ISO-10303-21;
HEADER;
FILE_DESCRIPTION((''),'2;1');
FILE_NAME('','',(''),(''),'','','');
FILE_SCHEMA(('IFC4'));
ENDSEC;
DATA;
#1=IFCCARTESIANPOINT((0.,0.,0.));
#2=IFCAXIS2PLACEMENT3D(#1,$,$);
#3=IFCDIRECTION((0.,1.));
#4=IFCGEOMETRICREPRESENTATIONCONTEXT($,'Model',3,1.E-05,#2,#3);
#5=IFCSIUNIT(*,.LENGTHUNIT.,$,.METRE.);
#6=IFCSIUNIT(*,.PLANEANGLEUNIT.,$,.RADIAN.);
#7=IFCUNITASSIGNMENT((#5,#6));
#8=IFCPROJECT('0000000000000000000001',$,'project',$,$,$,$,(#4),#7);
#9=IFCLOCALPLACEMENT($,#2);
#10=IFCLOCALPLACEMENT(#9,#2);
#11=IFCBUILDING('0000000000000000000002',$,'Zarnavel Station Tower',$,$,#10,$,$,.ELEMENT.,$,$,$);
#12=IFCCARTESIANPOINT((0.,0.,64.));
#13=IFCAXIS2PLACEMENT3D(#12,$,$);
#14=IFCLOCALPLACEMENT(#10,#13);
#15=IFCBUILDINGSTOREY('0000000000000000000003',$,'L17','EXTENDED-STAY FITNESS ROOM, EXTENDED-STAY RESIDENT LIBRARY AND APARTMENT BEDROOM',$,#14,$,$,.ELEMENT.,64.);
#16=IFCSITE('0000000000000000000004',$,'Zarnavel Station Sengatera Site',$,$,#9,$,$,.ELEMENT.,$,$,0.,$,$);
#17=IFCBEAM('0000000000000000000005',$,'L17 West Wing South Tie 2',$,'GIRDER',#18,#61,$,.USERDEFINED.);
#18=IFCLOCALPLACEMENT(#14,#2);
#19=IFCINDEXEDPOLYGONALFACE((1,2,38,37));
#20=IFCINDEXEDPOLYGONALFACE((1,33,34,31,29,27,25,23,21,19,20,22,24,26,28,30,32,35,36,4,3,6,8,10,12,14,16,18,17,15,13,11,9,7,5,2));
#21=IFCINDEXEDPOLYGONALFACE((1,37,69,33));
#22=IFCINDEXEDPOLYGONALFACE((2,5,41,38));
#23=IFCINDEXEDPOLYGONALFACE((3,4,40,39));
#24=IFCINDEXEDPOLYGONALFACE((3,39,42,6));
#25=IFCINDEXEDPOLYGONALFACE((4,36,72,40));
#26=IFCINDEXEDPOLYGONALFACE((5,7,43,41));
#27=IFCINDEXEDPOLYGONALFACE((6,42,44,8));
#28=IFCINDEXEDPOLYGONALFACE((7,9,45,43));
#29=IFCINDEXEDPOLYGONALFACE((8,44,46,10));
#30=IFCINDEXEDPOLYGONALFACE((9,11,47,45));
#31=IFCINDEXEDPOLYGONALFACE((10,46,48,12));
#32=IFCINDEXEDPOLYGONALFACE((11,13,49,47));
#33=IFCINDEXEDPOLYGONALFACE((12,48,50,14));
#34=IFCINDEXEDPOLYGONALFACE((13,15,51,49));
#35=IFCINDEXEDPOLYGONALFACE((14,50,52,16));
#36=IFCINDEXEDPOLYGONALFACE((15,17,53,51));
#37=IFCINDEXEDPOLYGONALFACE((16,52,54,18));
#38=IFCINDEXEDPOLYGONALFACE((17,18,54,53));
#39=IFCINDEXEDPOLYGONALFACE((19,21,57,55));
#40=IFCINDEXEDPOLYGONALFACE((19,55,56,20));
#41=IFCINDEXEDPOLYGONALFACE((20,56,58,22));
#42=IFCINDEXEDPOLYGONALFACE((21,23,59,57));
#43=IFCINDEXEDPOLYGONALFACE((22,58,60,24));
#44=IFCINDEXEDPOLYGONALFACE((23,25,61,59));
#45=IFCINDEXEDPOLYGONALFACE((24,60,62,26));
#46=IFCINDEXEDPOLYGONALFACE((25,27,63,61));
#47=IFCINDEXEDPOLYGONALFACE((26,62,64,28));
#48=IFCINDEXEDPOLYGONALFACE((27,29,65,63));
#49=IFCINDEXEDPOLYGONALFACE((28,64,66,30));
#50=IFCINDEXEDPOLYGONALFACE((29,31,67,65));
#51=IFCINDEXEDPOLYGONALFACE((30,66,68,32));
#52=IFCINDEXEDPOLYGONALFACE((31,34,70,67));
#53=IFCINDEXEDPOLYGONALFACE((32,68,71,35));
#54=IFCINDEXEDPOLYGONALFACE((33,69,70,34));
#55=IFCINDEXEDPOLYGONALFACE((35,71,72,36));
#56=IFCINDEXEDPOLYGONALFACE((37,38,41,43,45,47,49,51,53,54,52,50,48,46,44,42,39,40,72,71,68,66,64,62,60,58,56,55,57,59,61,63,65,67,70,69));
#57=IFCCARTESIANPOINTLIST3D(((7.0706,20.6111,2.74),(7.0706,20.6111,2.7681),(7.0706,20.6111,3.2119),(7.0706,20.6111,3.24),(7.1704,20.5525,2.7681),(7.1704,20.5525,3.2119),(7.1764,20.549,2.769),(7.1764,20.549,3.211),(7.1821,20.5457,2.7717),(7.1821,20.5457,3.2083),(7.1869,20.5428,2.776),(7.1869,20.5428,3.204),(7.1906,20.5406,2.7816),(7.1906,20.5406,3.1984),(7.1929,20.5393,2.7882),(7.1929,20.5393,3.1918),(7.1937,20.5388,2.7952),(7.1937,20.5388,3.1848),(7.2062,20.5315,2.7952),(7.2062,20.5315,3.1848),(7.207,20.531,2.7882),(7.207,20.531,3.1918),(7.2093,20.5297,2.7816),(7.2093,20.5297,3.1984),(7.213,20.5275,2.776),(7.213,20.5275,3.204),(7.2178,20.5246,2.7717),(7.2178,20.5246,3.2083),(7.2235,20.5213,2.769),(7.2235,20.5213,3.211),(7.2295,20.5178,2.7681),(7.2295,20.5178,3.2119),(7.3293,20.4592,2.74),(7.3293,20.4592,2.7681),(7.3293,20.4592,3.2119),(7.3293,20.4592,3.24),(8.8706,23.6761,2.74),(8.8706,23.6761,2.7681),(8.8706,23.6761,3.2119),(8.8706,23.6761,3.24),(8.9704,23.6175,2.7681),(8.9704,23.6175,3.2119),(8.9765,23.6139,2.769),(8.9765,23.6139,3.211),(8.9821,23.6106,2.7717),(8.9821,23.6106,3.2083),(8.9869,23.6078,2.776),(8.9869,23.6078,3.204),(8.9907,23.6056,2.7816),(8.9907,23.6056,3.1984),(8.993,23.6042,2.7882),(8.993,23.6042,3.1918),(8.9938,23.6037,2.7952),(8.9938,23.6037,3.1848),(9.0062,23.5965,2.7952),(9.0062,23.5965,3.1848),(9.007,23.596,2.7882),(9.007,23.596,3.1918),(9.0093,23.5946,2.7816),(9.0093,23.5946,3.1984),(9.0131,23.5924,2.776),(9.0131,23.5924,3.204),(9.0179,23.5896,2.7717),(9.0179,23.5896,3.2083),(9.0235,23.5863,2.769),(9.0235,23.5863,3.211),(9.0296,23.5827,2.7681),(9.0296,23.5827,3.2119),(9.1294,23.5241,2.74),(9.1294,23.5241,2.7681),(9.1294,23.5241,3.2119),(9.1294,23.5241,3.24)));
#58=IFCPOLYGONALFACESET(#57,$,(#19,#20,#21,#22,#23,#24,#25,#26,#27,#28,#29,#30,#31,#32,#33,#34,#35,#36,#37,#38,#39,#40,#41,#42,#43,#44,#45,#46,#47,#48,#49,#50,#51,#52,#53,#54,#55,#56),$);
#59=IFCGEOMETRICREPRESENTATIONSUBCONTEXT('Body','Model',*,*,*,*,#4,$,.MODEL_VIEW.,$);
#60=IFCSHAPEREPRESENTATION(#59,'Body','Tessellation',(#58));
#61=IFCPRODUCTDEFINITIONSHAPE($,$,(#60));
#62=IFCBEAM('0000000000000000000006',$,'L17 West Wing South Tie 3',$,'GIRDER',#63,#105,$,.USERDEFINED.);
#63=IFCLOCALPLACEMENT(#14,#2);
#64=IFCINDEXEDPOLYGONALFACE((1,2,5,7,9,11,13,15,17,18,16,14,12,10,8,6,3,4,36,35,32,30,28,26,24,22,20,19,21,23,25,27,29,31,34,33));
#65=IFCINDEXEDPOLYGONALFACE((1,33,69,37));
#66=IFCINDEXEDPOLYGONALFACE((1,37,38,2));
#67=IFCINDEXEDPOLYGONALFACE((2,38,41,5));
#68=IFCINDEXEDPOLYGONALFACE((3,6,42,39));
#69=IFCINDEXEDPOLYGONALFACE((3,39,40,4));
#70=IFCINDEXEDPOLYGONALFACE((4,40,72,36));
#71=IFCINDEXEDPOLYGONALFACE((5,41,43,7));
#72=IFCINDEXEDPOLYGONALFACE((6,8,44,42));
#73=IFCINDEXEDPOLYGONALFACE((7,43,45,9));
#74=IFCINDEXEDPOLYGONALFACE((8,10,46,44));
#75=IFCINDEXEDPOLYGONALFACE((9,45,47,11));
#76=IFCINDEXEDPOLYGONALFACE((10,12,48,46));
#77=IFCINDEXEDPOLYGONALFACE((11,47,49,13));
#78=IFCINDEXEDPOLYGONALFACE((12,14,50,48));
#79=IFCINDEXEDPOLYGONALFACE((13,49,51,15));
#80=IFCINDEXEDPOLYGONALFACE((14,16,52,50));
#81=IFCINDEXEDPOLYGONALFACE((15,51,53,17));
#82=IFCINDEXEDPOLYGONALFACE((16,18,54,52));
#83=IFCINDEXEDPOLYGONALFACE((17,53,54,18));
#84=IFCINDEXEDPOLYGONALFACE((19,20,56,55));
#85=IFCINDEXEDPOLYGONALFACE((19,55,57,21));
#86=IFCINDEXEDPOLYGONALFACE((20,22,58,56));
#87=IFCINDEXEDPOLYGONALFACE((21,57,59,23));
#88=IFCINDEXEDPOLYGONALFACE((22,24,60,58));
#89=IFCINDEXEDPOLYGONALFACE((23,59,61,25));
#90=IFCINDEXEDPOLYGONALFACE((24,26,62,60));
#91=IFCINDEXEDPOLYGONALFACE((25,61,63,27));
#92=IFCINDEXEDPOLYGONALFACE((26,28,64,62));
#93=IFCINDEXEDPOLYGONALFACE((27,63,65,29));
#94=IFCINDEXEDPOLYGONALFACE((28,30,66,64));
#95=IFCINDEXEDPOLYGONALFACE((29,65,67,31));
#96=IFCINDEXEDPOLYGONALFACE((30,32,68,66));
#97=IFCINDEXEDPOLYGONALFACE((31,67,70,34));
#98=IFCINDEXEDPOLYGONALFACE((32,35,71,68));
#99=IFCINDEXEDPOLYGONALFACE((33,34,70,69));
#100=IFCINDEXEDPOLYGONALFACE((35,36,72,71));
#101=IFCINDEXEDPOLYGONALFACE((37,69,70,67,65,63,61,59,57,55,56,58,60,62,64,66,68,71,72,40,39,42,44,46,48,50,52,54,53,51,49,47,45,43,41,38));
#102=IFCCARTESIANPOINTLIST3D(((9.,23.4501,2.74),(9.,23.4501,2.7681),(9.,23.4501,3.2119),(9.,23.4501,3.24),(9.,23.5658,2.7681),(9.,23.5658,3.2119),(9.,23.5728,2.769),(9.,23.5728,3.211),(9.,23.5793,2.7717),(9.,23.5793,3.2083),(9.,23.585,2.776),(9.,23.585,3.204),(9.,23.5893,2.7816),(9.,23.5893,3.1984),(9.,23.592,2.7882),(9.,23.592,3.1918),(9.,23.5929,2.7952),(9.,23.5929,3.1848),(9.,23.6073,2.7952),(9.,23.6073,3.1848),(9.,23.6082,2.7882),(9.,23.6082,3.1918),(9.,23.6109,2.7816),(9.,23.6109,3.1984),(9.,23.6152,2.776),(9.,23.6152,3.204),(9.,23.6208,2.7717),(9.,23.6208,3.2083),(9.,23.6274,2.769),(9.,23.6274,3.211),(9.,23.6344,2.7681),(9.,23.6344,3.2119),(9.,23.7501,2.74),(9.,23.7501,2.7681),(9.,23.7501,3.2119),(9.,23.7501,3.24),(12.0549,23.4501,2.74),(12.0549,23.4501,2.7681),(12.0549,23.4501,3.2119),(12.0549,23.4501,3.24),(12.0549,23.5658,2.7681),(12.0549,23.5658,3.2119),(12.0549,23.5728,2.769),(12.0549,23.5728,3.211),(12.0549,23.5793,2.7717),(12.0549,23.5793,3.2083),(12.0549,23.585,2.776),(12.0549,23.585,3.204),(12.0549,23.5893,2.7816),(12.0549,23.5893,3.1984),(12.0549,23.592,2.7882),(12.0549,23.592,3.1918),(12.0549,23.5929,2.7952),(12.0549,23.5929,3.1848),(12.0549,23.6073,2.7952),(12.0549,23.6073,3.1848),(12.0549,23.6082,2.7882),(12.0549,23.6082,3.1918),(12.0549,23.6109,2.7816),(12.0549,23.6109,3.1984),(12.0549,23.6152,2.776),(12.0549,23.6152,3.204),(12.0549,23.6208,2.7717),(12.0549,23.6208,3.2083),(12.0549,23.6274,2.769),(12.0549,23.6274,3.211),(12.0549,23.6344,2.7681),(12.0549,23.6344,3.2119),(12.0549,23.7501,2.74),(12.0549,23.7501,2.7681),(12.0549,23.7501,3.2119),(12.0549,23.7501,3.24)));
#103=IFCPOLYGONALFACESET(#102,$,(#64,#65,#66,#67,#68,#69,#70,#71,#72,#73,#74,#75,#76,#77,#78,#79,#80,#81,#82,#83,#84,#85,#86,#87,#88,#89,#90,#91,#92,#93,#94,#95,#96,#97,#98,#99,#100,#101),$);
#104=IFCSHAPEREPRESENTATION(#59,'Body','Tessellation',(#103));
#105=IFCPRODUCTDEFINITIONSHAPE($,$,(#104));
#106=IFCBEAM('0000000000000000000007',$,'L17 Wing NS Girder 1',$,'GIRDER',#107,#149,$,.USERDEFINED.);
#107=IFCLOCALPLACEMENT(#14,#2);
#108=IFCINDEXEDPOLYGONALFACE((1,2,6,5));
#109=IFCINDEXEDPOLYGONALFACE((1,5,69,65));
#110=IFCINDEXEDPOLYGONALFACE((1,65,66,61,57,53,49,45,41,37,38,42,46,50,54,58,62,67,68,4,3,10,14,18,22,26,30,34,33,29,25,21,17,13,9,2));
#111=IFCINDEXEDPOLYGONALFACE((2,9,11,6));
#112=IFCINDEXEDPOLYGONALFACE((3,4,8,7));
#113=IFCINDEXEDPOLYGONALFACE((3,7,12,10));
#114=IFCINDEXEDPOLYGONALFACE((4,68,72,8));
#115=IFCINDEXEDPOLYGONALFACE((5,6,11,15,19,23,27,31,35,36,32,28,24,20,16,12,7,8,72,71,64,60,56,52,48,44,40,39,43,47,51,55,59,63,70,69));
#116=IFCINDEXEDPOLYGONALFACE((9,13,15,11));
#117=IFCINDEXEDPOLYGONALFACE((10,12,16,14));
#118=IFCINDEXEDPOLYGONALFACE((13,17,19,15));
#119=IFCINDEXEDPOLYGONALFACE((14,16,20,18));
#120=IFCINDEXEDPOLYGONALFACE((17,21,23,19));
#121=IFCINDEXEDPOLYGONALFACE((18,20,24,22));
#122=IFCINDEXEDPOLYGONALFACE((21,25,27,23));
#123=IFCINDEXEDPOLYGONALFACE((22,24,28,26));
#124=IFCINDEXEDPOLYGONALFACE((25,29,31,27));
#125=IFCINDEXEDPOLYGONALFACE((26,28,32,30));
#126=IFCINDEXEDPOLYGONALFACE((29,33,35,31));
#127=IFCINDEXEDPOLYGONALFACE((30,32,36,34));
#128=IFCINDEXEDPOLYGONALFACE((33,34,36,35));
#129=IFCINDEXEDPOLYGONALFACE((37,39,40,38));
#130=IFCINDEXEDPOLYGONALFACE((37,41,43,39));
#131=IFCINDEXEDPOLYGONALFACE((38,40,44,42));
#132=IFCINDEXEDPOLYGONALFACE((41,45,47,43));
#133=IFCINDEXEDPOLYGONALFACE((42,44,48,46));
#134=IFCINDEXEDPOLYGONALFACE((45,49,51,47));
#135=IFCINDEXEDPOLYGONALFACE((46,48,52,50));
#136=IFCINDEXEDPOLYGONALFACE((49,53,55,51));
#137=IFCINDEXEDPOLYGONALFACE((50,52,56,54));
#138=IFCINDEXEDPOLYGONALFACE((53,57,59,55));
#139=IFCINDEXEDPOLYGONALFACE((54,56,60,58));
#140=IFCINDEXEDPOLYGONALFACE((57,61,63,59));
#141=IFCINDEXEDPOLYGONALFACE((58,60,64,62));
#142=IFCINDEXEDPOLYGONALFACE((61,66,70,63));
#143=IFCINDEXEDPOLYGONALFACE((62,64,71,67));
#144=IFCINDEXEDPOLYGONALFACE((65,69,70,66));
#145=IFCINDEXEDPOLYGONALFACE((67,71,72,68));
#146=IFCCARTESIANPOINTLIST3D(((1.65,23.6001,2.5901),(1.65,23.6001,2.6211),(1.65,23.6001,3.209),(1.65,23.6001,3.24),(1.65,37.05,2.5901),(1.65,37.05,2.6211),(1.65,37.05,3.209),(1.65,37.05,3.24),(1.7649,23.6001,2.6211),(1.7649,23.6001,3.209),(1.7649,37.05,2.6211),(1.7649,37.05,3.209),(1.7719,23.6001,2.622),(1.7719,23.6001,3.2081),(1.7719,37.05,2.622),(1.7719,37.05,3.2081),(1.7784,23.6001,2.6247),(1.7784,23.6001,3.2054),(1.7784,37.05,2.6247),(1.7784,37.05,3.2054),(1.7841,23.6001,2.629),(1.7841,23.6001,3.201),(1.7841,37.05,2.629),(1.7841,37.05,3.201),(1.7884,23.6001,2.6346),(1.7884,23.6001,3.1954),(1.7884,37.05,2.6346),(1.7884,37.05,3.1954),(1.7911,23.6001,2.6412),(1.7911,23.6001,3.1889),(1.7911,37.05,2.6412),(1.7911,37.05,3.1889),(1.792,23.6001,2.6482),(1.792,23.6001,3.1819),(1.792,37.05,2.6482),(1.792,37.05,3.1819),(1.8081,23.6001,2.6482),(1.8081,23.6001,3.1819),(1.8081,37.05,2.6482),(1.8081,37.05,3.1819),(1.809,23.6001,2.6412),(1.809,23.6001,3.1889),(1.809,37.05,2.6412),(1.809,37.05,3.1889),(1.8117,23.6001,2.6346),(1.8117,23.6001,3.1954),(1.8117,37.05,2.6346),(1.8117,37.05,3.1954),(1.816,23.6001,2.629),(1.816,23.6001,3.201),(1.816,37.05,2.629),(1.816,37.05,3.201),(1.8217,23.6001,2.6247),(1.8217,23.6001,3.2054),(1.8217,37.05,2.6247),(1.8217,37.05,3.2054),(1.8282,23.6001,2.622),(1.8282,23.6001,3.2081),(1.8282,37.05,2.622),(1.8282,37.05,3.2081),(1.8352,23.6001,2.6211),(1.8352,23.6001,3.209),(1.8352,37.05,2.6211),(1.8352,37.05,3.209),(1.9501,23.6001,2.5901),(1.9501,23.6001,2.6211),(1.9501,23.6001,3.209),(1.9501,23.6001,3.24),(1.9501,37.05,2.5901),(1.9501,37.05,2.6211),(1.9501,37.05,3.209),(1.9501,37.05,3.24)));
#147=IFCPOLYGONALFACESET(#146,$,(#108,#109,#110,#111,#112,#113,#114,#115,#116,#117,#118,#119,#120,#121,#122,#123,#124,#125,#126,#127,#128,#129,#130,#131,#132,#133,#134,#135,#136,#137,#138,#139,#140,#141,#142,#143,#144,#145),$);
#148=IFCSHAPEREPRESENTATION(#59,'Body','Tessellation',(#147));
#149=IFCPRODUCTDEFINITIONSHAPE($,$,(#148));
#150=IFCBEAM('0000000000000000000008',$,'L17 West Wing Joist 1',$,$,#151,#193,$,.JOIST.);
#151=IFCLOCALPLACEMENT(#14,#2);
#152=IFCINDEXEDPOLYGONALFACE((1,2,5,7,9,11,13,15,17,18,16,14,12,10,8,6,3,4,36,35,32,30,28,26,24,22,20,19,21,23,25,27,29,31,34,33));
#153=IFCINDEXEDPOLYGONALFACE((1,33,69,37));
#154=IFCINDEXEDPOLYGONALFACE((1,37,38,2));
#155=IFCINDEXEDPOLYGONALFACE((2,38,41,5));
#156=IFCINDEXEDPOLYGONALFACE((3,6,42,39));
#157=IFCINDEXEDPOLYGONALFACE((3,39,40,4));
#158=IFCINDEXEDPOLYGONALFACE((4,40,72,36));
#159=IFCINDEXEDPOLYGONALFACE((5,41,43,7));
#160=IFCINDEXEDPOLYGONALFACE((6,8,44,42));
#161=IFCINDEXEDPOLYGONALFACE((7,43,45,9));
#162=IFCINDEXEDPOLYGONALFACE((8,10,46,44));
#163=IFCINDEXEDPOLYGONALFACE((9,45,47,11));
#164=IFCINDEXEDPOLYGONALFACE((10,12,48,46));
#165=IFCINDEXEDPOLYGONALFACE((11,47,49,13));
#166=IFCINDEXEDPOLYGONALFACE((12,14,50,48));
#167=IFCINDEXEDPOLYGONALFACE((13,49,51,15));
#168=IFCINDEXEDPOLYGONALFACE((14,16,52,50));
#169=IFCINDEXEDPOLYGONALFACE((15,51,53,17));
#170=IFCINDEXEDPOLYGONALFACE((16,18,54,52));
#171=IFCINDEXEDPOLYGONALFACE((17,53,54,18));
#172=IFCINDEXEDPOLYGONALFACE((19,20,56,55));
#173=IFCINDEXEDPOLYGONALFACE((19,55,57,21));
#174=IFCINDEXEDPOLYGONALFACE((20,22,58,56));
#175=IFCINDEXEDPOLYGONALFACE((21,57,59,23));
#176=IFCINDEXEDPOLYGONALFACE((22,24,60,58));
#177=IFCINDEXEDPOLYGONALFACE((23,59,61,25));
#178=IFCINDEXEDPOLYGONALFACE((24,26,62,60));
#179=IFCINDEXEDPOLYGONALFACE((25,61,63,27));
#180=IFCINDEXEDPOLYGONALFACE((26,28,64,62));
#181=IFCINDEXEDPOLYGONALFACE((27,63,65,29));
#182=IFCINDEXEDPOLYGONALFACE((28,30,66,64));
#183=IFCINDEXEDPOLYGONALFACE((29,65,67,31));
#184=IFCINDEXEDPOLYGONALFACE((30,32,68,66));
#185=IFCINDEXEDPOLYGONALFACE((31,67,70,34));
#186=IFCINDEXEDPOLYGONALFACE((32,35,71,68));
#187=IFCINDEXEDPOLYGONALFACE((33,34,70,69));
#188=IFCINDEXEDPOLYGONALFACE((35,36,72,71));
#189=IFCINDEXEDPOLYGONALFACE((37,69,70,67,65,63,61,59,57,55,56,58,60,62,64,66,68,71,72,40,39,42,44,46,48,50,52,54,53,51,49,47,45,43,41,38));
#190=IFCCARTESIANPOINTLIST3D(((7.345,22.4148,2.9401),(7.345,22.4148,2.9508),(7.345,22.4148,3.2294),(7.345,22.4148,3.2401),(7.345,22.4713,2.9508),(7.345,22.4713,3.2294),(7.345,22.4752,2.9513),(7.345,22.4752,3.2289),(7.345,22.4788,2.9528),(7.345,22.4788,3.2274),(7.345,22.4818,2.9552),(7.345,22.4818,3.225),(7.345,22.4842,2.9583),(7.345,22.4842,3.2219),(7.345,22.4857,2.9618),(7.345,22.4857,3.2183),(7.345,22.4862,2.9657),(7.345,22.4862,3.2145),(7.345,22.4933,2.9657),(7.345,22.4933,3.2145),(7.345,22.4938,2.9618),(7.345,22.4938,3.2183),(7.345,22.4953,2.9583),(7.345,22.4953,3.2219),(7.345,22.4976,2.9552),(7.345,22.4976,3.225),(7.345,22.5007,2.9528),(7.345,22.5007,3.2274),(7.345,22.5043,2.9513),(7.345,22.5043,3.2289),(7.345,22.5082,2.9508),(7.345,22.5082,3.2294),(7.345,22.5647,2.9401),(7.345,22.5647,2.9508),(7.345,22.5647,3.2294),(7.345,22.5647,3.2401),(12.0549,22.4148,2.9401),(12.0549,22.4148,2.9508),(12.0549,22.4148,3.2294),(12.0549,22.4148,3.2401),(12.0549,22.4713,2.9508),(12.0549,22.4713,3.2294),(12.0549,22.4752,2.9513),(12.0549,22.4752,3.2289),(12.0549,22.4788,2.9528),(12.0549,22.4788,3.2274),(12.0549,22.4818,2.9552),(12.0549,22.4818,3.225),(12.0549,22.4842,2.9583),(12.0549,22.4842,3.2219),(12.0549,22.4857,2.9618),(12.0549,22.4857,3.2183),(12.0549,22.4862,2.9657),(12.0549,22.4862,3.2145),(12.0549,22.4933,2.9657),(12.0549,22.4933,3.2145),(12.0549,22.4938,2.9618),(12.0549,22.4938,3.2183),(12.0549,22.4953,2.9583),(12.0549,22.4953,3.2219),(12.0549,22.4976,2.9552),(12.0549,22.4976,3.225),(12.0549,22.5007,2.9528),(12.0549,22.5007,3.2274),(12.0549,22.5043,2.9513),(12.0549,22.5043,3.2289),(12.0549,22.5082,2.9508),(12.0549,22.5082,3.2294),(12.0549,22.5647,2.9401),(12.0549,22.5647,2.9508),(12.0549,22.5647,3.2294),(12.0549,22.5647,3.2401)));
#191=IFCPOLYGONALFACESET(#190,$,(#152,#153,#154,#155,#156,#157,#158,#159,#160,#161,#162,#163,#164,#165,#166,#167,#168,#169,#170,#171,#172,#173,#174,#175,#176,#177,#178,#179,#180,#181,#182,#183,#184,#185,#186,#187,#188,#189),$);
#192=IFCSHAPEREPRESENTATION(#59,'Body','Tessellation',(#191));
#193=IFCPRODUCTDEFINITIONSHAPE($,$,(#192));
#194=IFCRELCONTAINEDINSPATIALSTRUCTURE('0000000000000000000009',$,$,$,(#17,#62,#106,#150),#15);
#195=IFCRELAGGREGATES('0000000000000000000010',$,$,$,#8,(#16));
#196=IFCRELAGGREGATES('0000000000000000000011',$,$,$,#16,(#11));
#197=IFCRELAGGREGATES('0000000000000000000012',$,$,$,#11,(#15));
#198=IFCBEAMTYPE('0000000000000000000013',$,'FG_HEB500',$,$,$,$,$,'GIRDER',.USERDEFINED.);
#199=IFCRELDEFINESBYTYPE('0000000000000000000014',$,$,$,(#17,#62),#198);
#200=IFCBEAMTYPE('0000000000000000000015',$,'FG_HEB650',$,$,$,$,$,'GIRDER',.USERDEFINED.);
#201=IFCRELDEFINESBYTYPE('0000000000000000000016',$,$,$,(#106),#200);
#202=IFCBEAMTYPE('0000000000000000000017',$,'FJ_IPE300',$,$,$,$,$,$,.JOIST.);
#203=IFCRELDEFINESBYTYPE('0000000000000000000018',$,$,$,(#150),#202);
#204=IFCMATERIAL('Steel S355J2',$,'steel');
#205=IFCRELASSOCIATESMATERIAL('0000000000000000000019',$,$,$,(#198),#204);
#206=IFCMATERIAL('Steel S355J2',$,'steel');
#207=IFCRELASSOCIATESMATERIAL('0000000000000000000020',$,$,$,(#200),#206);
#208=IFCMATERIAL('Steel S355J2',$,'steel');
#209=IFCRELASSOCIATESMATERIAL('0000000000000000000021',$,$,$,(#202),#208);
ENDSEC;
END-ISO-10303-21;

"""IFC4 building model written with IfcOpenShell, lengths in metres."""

from ifc_helpers import new_model, si_unit, direction, frame, origin, origin_2d, place, context, subcontext, project, spatial, i_section, extrude, material, material_profile, profile_set, type_object, element, save


model = new_model("IFC4")

# Units and contexts
model_context = context("Model", 3, precision=1e-05, world=origin(), true_north=direction((0.0, 1.0)))
body_context = subcontext(model_context, "Body", "Model", "MODEL_VIEW")
ifc_project = project(units=[si_unit("LENGTHUNIT", "METRE"), si_unit("PLANEANGLEUNIT", "RADIAN")], contexts=[model_context])

# Site, building, storey
site_placement = place(None, origin())
site = spatial("IfcSite", under=ifc_project, at=site_placement, Name="Zarnavel Station Sengatera Site", CompositionType="ELEMENT", RefElevation=0.0)
building_placement = place(site_placement, origin())
building = spatial("IfcBuilding", under=site, at=building_placement, Name="Zarnavel Station Tower", CompositionType="ELEMENT")
storey_placement = place(building_placement, frame((0.0, 0.0, 64.0)))
storey = spatial("IfcBuildingStorey", under=building, at=storey_placement, Name="L17", Description="EXTENDED-STAY FITNESS ROOM, EXTENDED-STAY RESIDENT LIBRARY AND APARTMENT BEDROOM", CompositionType="ELEMENT", Elevation=64.0)

# Beams
ifc_material_1 = material(Name="Steel S355J2", Category="steel")
ifc_material_profile_1 = material_profile(ifc_material_1, i_section(OverallWidth=0.3, OverallDepth=0.5, WebThickness=0.0144, FlangeThickness=0.0281, FilletRadius=0.0271, at=origin_2d()), Name="HEB500")
ifc_profile_set_1 = profile_set([ifc_material_profile_1], Name="Steel S355J2")
beam_type_1 = type_object("IfcBeamType", Name="FG_HEB500", ElementType="GIRDER", PredefinedType="USERDEFINED", material=ifc_profile_set_1)
beam_1_placement = place(storey_placement, frame((7.2, 20.5352, 2.99), z_axis=(0.506423, 0.862285, 0.0), x_axis=(-0.862285, 0.506423, 0.0)))
element("IfcBeam", 1, at=beam_1_placement, inside=storey, type_object=beam_type_1, Name="L17 West Wing South Tie 2", ObjectType="GIRDER", PredefinedType="USERDEFINED", context=body_context, shape_type="SweptSolid", body=[
    extrude(i_section(OverallWidth=0.3, OverallDepth=0.5, WebThickness=0.0144, FlangeThickness=0.0281, FilletRadius=0.0271, at=origin_2d()), origin(), (0.0, 0.0, 1.0), 3.5544),
])
beam_2_placement = place(storey_placement, frame((9.0, 23.6001, 2.99), z_axis=(1.0, 0.0, 0.0), x_axis=(0.0, 1.0, 0.0)))
element("IfcBeam", 2, at=beam_2_placement, inside=storey, type_object=beam_type_1, Name="L17 West Wing South Tie 3", ObjectType="GIRDER", PredefinedType="USERDEFINED", context=body_context, shape_type="SweptSolid", body=[
    extrude(i_section(OverallWidth=0.3, OverallDepth=0.5, WebThickness=0.0144, FlangeThickness=0.0281, FilletRadius=0.0271, at=origin_2d()), origin(), (0.0, 0.0, 1.0), 3.0549),
])
ifc_material_2 = material(Name="Steel S355J2", Category="steel")
ifc_material_profile_2 = material_profile(ifc_material_2, i_section(OverallWidth=0.3, OverallDepth=0.6499, WebThickness=0.0161, FlangeThickness=0.031, FilletRadius=0.0271, at=origin_2d()), Name="HEB650")
ifc_profile_set_2 = profile_set([ifc_material_profile_2], Name="Steel S355J2")
beam_type_2 = type_object("IfcBeamType", Name="FG_HEB650", ElementType="GIRDER", PredefinedType="USERDEFINED", material=ifc_profile_set_2)
beam_3_placement = place(storey_placement, frame((1.8, 23.6001, 2.915), z_axis=(0.0, 1.0, 0.0), x_axis=(-1.0, 0.0, 0.0)))
element("IfcBeam", 3, at=beam_3_placement, inside=storey, type_object=beam_type_2, Name="L17 Wing NS Girder 1", ObjectType="GIRDER", PredefinedType="USERDEFINED", context=body_context, shape_type="SweptSolid", body=[
    extrude(i_section(OverallWidth=0.3, OverallDepth=0.6499, WebThickness=0.0161, FlangeThickness=0.031, FilletRadius=0.0271, at=origin_2d()), origin(), (0.0, 0.0, 1.0), 13.45),
])
ifc_material_3 = material(Name="Steel S355J2", Category="steel")
ifc_material_profile_3 = material_profile(ifc_material_3, i_section(OverallWidth=0.1499, OverallDepth=0.3, WebThickness=0.0071, FlangeThickness=0.0107, FilletRadius=0.0149, at=origin_2d()), Name="IPE300")
ifc_profile_set_3 = profile_set([ifc_material_profile_3], Name="Steel S355J2")
beam_type_3 = type_object("IfcBeamType", Name="FJ_IPE300", PredefinedType="JOIST", material=ifc_profile_set_3)
beam_4_placement = place(storey_placement, frame((7.345, 22.4897, 3.0901), z_axis=(1.0, 0.0, 0.0), x_axis=(0.0, 1.0, 0.0)))
element("IfcBeam", 4, at=beam_4_placement, inside=storey, type_object=beam_type_3, Name="L17 West Wing Joist 1", PredefinedType="JOIST", context=body_context, shape_type="SweptSolid", body=[
    extrude(i_section(OverallWidth=0.1499, OverallDepth=0.3, WebThickness=0.0071, FlangeThickness=0.0107, FilletRadius=0.0149, at=origin_2d()), origin(), (0.0, 0.0, 1.0), 4.71),
])

save(model, "model.ifc")
